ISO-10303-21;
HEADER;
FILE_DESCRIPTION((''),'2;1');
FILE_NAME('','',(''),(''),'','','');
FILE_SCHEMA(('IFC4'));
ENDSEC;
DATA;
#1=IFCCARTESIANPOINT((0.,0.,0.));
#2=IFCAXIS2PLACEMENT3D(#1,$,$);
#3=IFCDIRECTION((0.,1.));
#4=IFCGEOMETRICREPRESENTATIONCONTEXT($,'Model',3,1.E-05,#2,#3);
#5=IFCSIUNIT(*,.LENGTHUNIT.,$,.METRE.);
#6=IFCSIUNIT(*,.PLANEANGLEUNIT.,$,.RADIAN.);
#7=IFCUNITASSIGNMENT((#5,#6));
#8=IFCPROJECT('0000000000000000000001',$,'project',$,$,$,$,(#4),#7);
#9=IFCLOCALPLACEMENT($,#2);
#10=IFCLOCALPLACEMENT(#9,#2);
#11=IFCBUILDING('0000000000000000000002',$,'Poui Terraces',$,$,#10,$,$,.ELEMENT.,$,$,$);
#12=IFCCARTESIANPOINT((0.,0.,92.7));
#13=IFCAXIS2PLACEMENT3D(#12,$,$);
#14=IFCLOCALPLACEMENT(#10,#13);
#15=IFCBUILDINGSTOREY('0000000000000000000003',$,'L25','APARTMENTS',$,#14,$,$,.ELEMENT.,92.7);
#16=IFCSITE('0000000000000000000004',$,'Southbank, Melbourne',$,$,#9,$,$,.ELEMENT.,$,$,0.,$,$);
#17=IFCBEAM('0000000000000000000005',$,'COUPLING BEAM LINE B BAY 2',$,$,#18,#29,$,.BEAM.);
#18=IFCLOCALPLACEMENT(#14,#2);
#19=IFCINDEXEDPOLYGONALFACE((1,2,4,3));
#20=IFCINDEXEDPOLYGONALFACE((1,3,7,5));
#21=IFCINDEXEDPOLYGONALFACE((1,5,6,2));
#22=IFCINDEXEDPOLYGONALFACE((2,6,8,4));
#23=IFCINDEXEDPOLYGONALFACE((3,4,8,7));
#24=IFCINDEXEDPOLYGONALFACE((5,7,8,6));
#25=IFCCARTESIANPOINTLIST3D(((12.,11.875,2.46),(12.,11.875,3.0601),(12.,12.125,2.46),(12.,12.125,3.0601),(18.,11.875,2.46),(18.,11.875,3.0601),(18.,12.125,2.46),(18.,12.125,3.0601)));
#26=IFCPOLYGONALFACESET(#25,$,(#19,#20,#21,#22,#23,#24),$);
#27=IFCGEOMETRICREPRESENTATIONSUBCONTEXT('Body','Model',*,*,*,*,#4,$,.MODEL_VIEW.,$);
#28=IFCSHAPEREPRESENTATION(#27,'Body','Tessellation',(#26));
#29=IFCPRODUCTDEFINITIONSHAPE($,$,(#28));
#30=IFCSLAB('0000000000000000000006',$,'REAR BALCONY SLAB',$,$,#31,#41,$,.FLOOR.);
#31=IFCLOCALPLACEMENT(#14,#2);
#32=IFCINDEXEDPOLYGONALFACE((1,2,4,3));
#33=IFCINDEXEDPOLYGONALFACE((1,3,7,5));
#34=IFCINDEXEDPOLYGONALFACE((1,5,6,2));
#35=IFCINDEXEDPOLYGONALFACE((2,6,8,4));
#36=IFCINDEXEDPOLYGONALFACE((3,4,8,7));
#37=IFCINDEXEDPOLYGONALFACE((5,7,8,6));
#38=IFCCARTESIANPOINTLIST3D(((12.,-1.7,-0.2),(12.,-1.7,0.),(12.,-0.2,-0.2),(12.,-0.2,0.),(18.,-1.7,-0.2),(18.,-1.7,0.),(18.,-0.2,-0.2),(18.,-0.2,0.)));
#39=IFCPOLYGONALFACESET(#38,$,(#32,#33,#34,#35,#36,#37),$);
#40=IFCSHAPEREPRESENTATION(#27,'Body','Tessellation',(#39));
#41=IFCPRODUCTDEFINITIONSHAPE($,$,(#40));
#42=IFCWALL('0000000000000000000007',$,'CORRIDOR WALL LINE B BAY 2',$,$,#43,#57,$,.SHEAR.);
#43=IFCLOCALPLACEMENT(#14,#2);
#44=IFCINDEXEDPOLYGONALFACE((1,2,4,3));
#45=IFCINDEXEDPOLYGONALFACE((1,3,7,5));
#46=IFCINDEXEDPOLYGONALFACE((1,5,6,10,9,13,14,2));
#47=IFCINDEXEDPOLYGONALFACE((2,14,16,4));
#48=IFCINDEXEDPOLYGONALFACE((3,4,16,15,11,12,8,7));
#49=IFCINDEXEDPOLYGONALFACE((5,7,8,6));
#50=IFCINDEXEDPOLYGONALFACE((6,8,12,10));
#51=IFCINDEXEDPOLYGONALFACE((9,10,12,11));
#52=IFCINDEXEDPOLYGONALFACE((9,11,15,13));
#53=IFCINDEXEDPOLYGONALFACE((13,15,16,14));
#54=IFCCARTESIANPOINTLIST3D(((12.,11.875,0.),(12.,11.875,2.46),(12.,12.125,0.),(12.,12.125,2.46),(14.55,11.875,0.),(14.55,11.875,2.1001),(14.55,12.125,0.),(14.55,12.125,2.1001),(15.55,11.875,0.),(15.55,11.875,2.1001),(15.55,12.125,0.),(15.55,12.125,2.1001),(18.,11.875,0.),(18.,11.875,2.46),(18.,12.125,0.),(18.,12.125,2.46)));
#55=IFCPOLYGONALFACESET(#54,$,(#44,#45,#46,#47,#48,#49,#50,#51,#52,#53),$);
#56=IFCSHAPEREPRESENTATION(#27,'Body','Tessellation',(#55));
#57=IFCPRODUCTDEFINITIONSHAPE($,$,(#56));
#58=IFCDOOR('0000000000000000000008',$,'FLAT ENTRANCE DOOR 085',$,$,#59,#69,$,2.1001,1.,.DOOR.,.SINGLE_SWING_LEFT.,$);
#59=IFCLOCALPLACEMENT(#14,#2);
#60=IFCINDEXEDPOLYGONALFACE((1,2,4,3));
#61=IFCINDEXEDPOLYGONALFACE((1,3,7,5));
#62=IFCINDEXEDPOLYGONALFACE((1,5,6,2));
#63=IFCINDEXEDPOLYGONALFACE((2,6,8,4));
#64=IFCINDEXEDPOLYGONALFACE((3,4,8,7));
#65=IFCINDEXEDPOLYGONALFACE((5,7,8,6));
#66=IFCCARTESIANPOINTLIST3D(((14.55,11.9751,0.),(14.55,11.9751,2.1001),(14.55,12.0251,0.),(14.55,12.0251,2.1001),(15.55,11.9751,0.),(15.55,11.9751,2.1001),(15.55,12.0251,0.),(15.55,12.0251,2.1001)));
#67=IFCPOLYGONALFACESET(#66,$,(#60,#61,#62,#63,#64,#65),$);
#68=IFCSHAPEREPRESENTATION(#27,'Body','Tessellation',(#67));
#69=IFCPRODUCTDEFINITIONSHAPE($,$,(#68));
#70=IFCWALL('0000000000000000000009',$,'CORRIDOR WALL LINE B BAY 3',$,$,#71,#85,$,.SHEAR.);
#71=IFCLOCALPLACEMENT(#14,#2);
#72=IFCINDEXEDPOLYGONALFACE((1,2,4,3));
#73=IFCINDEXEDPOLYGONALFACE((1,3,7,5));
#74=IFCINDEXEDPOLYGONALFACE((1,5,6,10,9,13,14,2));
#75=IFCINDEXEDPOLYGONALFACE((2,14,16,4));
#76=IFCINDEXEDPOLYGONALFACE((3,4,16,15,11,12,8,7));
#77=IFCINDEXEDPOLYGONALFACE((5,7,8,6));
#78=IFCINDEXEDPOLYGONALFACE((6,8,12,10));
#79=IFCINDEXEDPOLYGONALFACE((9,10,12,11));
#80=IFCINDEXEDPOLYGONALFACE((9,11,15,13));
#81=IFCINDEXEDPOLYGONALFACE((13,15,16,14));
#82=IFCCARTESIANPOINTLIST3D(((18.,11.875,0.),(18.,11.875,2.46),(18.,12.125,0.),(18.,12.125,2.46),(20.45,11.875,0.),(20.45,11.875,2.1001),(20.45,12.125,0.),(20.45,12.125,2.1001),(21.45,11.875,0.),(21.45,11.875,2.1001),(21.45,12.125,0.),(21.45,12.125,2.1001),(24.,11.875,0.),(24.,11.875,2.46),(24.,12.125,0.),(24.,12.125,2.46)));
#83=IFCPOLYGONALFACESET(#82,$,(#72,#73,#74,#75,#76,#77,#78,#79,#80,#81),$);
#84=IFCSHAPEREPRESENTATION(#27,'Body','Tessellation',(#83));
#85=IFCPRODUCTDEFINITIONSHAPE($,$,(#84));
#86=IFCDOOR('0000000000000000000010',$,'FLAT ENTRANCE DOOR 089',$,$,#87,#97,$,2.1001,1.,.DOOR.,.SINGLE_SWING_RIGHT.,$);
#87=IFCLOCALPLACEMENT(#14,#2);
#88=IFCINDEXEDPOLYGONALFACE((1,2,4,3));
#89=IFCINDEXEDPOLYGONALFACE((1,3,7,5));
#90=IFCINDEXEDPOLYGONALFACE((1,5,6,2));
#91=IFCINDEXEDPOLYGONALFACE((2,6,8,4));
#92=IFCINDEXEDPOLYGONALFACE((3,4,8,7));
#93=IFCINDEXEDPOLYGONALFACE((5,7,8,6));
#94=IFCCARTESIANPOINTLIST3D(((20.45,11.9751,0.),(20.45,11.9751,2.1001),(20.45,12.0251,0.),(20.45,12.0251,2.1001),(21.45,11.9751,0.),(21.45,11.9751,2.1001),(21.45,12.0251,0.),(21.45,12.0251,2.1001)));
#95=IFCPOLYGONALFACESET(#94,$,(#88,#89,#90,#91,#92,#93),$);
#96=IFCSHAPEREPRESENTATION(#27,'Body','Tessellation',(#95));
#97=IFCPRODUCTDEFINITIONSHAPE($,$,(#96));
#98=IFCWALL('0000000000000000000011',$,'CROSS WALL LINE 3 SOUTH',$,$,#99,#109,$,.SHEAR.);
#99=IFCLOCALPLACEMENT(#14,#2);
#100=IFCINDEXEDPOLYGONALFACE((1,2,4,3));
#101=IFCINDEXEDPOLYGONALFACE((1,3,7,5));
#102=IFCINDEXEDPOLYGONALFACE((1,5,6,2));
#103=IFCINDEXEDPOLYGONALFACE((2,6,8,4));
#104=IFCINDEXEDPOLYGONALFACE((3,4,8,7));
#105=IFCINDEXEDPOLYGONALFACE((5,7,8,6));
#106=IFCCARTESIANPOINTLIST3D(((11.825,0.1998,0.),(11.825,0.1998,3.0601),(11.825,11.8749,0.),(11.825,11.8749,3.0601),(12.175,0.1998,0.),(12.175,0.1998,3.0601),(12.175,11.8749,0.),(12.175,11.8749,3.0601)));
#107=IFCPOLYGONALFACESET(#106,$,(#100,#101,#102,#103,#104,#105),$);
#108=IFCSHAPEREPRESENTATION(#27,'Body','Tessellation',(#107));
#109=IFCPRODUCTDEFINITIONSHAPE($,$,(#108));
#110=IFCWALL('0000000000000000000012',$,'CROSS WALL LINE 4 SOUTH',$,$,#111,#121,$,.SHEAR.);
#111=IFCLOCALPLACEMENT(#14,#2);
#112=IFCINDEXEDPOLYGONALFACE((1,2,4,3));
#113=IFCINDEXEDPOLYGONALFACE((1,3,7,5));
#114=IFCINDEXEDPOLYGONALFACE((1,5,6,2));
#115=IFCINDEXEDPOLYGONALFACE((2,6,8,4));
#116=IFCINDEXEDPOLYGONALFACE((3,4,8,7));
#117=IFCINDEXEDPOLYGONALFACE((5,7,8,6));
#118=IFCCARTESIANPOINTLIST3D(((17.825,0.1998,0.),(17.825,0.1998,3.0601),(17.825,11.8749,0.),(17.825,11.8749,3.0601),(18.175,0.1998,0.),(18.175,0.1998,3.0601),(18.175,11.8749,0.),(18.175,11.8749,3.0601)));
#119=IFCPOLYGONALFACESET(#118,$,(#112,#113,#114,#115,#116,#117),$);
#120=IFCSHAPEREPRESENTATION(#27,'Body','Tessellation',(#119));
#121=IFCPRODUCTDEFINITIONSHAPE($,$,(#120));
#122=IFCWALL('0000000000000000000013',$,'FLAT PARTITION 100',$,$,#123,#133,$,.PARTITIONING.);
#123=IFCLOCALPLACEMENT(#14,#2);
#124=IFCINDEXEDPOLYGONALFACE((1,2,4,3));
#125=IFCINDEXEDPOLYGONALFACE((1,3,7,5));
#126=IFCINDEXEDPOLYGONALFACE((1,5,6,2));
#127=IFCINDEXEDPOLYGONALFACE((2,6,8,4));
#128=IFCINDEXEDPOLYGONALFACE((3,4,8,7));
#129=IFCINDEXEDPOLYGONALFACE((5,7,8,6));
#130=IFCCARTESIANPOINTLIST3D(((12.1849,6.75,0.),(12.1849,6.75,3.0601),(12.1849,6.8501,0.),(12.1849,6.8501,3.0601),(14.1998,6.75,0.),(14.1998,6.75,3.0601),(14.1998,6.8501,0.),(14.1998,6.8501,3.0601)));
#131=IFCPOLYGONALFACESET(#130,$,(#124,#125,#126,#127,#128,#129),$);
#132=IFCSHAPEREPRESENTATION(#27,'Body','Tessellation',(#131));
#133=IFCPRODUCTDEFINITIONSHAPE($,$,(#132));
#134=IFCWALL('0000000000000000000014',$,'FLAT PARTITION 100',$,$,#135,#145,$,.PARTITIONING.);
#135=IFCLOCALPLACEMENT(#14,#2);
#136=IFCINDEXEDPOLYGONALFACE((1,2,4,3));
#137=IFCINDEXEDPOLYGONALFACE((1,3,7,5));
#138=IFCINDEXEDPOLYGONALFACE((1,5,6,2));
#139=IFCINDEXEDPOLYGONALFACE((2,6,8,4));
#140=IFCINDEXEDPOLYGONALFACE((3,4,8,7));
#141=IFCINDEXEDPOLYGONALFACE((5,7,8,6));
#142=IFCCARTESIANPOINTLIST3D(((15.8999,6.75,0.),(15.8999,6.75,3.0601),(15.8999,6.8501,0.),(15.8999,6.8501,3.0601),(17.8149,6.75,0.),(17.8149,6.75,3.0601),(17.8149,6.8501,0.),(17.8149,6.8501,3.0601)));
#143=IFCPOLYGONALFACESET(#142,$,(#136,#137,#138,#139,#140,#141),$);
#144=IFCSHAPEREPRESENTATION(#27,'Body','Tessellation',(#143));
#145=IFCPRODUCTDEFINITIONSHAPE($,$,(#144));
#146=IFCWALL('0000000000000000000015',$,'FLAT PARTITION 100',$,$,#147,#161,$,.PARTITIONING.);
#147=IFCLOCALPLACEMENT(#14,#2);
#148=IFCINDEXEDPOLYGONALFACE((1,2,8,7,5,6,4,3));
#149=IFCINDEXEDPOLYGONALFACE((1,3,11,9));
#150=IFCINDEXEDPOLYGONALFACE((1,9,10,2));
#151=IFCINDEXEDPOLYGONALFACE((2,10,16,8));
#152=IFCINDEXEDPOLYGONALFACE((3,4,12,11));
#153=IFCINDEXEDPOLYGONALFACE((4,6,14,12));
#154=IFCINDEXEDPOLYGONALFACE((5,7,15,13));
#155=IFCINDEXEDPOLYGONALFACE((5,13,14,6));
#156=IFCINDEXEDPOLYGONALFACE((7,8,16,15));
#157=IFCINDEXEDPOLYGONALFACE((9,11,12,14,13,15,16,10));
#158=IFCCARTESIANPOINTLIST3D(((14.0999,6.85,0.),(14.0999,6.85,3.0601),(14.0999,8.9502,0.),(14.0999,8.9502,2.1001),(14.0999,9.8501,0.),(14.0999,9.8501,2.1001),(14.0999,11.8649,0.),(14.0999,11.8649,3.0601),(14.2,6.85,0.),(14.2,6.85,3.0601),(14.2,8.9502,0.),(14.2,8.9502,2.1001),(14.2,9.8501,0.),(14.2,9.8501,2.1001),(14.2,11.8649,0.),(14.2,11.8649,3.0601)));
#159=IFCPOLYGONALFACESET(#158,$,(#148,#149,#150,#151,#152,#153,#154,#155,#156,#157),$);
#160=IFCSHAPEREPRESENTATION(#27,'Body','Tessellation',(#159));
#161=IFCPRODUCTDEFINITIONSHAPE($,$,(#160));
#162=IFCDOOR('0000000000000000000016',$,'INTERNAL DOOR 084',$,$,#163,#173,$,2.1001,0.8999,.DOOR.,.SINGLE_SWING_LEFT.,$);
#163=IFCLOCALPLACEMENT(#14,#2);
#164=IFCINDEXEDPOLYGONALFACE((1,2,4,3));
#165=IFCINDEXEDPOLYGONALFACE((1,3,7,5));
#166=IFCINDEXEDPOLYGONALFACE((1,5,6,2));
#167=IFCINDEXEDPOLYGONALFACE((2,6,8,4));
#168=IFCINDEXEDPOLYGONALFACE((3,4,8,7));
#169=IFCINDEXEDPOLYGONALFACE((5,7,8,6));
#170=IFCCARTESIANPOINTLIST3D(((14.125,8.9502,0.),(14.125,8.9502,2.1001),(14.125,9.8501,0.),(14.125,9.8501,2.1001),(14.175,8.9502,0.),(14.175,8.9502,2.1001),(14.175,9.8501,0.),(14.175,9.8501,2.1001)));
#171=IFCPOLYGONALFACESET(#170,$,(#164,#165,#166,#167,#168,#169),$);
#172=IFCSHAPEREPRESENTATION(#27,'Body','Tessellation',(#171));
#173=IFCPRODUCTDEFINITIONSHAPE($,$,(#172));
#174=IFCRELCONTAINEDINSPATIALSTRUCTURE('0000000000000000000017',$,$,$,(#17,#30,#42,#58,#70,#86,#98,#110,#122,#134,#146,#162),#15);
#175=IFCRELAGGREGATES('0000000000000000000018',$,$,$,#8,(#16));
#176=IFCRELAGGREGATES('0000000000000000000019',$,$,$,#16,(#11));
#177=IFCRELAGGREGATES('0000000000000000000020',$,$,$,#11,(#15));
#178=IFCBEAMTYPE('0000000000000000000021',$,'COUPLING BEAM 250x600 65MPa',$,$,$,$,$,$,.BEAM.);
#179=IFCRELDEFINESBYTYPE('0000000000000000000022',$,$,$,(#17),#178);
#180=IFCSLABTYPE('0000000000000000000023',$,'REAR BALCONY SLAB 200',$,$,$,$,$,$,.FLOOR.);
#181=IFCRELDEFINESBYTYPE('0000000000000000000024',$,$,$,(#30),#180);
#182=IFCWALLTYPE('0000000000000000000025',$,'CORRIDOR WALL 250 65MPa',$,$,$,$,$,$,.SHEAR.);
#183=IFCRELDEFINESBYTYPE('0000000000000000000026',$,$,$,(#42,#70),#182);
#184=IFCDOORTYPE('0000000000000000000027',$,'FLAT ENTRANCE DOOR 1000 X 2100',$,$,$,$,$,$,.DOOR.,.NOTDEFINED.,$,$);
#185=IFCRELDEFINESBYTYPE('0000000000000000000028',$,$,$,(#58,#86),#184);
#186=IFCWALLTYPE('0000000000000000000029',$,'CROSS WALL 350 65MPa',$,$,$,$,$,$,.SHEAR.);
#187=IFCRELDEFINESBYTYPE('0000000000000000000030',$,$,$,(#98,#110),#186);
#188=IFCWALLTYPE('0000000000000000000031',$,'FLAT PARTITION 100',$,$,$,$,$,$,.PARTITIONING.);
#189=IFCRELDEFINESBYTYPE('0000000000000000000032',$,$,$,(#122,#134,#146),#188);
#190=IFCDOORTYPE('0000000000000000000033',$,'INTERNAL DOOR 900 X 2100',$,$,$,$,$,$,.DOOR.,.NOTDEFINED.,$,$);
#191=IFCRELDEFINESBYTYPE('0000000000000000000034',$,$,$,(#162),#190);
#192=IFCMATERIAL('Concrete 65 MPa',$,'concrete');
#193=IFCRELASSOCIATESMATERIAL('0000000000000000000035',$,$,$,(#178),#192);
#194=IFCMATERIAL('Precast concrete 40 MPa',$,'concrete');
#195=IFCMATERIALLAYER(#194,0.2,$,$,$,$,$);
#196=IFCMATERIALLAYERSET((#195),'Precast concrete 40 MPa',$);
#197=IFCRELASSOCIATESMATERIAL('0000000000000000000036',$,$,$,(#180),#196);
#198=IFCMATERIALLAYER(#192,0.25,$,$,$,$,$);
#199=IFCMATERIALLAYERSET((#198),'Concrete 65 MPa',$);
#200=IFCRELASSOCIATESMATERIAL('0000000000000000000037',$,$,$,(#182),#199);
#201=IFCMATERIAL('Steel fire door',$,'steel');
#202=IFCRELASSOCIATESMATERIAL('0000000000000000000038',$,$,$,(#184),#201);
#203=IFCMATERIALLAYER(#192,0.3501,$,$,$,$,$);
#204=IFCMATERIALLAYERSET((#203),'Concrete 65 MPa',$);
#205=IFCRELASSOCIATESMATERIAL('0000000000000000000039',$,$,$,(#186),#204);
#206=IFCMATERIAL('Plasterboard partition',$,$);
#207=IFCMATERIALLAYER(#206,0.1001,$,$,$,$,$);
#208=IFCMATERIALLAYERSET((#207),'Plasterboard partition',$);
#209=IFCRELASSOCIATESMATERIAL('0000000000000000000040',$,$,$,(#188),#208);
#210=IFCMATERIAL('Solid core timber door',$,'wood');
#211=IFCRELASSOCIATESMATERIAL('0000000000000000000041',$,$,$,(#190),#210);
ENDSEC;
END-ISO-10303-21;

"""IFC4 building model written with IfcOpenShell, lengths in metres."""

from ifc_helpers import new_model, si_unit, direction, frame, frame_2d, origin, origin_2d, place, context, subcontext, project, spatial, polyline, rectangle, outline, extrude, source, transform, mapped, material, layer, layer_set, material_profile, profile_set, type_object, element, fill, save


model = new_model("IFC4")

# Units and contexts
model_context = context("Model", 3, precision=1e-05, world=origin(), true_north=direction((0.0, 1.0)))
body_context = subcontext(model_context, "Body", "Model", "MODEL_VIEW")
ifc_project = project(units=[si_unit("LENGTHUNIT", "METRE"), si_unit("PLANEANGLEUNIT", "RADIAN")], contexts=[model_context])

# Site, building, storey
site_placement = place(None, origin())
site = spatial("IfcSite", under=ifc_project, at=site_placement, Name="Southbank, Melbourne", CompositionType="ELEMENT", RefElevation=0.0)
building_placement = place(site_placement, origin())
building = spatial("IfcBuilding", under=site, at=building_placement, Name="Poui Terraces", CompositionType="ELEMENT")
storey_placement = place(building_placement, frame((0.0, 0.0, 92.7)))
storey = spatial("IfcBuildingStorey", under=building, at=storey_placement, Name="L25", Description="APARTMENTS", CompositionType="ELEMENT", Elevation=92.7)

# Beam
ifc_material_1 = material(Name="Concrete 65 MPa", Category="concrete")
ifc_material_profile_1 = material_profile(ifc_material_1, rectangle(XDim=0.25, YDim=0.6001, at=origin_2d()), Name="RC 250x600")
ifc_profile_set_1 = profile_set([ifc_material_profile_1], Name="Concrete 65 MPa")
beam_type = type_object("IfcBeamType", Name="COUPLING BEAM 250x600 65MPa", PredefinedType="BEAM", material=ifc_profile_set_1)
shared_shape_1 = source(origin(), body_context, "Body", "SweptSolid", [
    extrude(rectangle(XDim=0.25, YDim=0.6001, at=origin_2d()), origin(), (0.0, 0.0, 1.0), 6.0),
])
beam_placement = place(storey_placement, frame((12.0, 12.0, 2.76), z_axis=(1.0, 0.0, 0.0), x_axis=(0.0, 1.0, 0.0)))
element("IfcBeam", 1, at=beam_placement, inside=storey, type_object=beam_type, Name="COUPLING BEAM LINE B BAY 2", PredefinedType="BEAM", context=body_context, shape_type="MappedRepresentation", body=[
    mapped(shared_shape_1, transform((0.0, 0.0, 0.0))),
])

# Slab
ifc_material_2 = material(Name="Precast concrete 40 MPa", Category="concrete")
ifc_layer_1 = layer(ifc_material_2, 0.2)
ifc_layer_set_1 = layer_set([ifc_layer_1], Name="Precast concrete 40 MPa")
slab_type = type_object("IfcSlabType", Name="REAR BALCONY SLAB 200", PredefinedType="FLOOR", material=ifc_layer_set_1)
shared_shape_2 = source(origin(), body_context, "Body", "SweptSolid", [
    extrude(outline(polyline([(0.0, 0.0), (6.0, 0.0), (6.0, 1.5), (0.0, 1.5), (0.0, 0.0)])), origin(), (0.0, 0.0, 1.0), 0.2),
])
slab_placement = place(storey_placement, frame((12.0, -1.7, -0.2)))
element("IfcSlab", 2, at=slab_placement, inside=storey, type_object=slab_type, Name="REAR BALCONY SLAB", PredefinedType="FLOOR", context=body_context, shape_type="MappedRepresentation", body=[
    mapped(shared_shape_2, transform((0.0, 0.0, 0.0))),
])

# Walls, openings, doors
ifc_layer_2 = layer(ifc_material_1, 0.25)
ifc_layer_set_2 = layer_set([ifc_layer_2], Name="Concrete 65 MPa")
wall_type_1 = type_object("IfcWallType", Name="CORRIDOR WALL 250 65MPa", PredefinedType="SHEAR", material=ifc_layer_set_2)
wall_1_placement = place(storey_placement, frame((12.0, 12.0, 0.0), z_axis=(0.0, 0.0, 1.0), x_axis=(1.0, 0.0, 0.0)))
wall_1 = element("IfcWall", 3, at=wall_1_placement, inside=storey, type_object=wall_type_1, Name="CORRIDOR WALL LINE B BAY 2", PredefinedType="SHEAR", context=body_context, shape_type="SweptSolid", body=[
    extrude(rectangle(XDim=6.0, YDim=0.25, at=frame_2d((3.0, 0.0))), origin(), (0.0, 0.0, 1.0), 2.46),
])
opening_1_placement = place(wall_1_placement, frame((2.55, 0.0, 0.0)))
opening_1 = element("IfcOpeningElement", 4, at=opening_1_placement, cuts=wall_1, PredefinedType="OPENING", context=body_context, shape_type="SweptSolid", body=[
    extrude(rectangle(XDim=1.0, YDim=2.1001, at=frame_2d((0.5, 1.05))), frame((0.0, 0.135, 0.0), z_axis=(0.0, -1.0, 0.0), x_axis=(1.0, 0.0, 0.0)), (0.0, 0.0, 1.0), 0.27),
])
ifc_material_3 = material(Name="Steel fire door", Category="steel")
door_type_1 = type_object("IfcDoorType", Name="FLAT ENTRANCE DOOR 1000 X 2100", OperationType="NOTDEFINED", PredefinedType="DOOR", material=ifc_material_3)
door_1_placement = place(opening_1_placement, frame((1.0, 0.0, 0.0), z_axis=(0.0, 0.0, 1.0), x_axis=(-1.0, 0.0, 0.0)))
door_1 = element("IfcDoor", 5, at=door_1_placement, inside=storey, type_object=door_type_1, Name="FLAT ENTRANCE DOOR 085", OperationType="SINGLE_SWING_LEFT", OverallHeight=2.1001, OverallWidth=1.0, PredefinedType="DOOR", context=body_context, shape_type="SweptSolid", body=[
    extrude(rectangle(XDim=1.0, YDim=2.1001, at=frame_2d((0.5, 1.05))), frame((0.0, 0.0249, 0.0), z_axis=(0.0, -1.0, 0.0), x_axis=(1.0, 0.0, 0.0)), (0.0, 0.0, 1.0), 0.05),
])
fill(opening_1, door_1)
wall_2_placement = place(storey_placement, frame((18.0, 12.0, 0.0), z_axis=(0.0, 0.0, 1.0), x_axis=(1.0, 0.0, 0.0)))
wall_2 = element("IfcWall", 6, at=wall_2_placement, inside=storey, type_object=wall_type_1, Name="CORRIDOR WALL LINE B BAY 3", PredefinedType="SHEAR", context=body_context, shape_type="SweptSolid", body=[
    extrude(rectangle(XDim=6.0, YDim=0.25, at=frame_2d((3.0, 0.0))), origin(), (0.0, 0.0, 1.0), 2.46),
])
opening_2_placement = place(wall_2_placement, frame((2.45, 0.0, 0.0)))
opening_2 = element("IfcOpeningElement", 7, at=opening_2_placement, cuts=wall_2, PredefinedType="OPENING", context=body_context, shape_type="SweptSolid", body=[
    extrude(rectangle(XDim=1.0, YDim=2.1001, at=frame_2d((0.5, 1.05))), frame((0.0, 0.135, 0.0), z_axis=(0.0, -1.0, 0.0), x_axis=(1.0, 0.0, 0.0)), (0.0, 0.0, 1.0), 0.27),
])
door_2_placement = place(opening_2_placement, frame((1.0, 0.0, 0.0), z_axis=(0.0, 0.0, 1.0), x_axis=(-1.0, 0.0, 0.0)))
door_2 = element("IfcDoor", 8, at=door_2_placement, inside=storey, type_object=door_type_1, Name="FLAT ENTRANCE DOOR 089", OperationType="SINGLE_SWING_RIGHT", OverallHeight=2.1001, OverallWidth=1.0, PredefinedType="DOOR", context=body_context, shape_type="SweptSolid", body=[
    extrude(rectangle(XDim=1.0, YDim=2.1001, at=frame_2d((0.5, 1.05))), frame((0.0, 0.0249, 0.0), z_axis=(0.0, -1.0, 0.0), x_axis=(1.0, 0.0, 0.0)), (0.0, 0.0, 1.0), 0.05),
])
fill(opening_2, door_2)

# Walls
ifc_layer_3 = layer(ifc_material_1, 0.3501)
ifc_layer_set_3 = layer_set([ifc_layer_3], Name="Concrete 65 MPa")
wall_type_2 = type_object("IfcWallType", Name="CROSS WALL 350 65MPa", PredefinedType="SHEAR", material=ifc_layer_set_3)
for number, where, z_axis, x_axis, name in (
    (9, (12.0, 0.2, 0.0), (0.0, 0.0, 1.0), (0.0, 1.0, 0.0), "CROSS WALL LINE 3 SOUTH"),
    (10, (18.0, 0.2, 0.0), (0.0, 0.0, 1.0), (0.0, 1.0, 0.0), "CROSS WALL LINE 4 SOUTH"),
):
    element("IfcWall", number, at=place(storey_placement, frame(where, z_axis=z_axis, x_axis=x_axis)), inside=storey, type_object=wall_type_2, Name=name, PredefinedType="SHEAR", context=body_context, shape_type="SweptSolid", body=[
        extrude(rectangle(XDim=11.675, YDim=0.3501, at=frame_2d((5.8374, 0.0))), origin(), (0.0, 0.0, 1.0), 3.0601),
    ])
ifc_material_4 = material(Name="Plasterboard partition")
ifc_layer_4 = layer(ifc_material_4, 0.1001)
ifc_layer_set_4 = layer_set([ifc_layer_4], Name="Plasterboard partition")
wall_type_3 = type_object("IfcWallType", Name="FLAT PARTITION 100", PredefinedType="PARTITIONING", material=ifc_layer_set_4)
wall_3_placement = place(storey_placement, frame((12.1851, 6.8, 0.0), z_axis=(0.0, 0.0, 1.0), x_axis=(1.0, 0.0, 0.0)))
element("IfcWall", 11, at=wall_3_placement, inside=storey, type_object=wall_type_3, Name="FLAT PARTITION 100", PredefinedType="PARTITIONING", context=body_context, shape_type="SweptSolid", body=[
    extrude(rectangle(XDim=2.0149, YDim=0.1001, at=frame_2d((1.0073, 0.0))), origin(), (0.0, 0.0, 1.0), 3.0601),
])
wall_4_placement = place(storey_placement, frame((15.8999, 6.8, 0.0), z_axis=(0.0, 0.0, 1.0), x_axis=(1.0, 0.0, 0.0)))
element("IfcWall", 12, at=wall_4_placement, inside=storey, type_object=wall_type_3, Name="FLAT PARTITION 100", PredefinedType="PARTITIONING", context=body_context, shape_type="SweptSolid", body=[
    extrude(rectangle(XDim=1.915, YDim=0.1001, at=frame_2d((0.9575, 0.0))), origin(), (0.0, 0.0, 1.0), 3.0601),
])

# Wall, opening, door
wall_5_placement = place(storey_placement, frame((14.1499, 6.8501, 0.0), z_axis=(0.0, 0.0, 1.0), x_axis=(0.0, 1.0, 0.0)))
wall_5 = element("IfcWall", 13, at=wall_5_placement, inside=storey, type_object=wall_type_3, Name="FLAT PARTITION 100", PredefinedType="PARTITIONING", context=body_context, shape_type="SweptSolid", body=[
    extrude(rectangle(XDim=5.0149, YDim=0.1001, at=frame_2d((2.5073, 0.0))), origin(), (0.0, 0.0, 1.0), 3.0601),
])
opening_3_placement = place(wall_5_placement, frame((2.1001, 0.0, 0.0)))
opening_3 = element("IfcOpeningElement", 14, at=opening_3_placement, cuts=wall_5, PredefinedType="OPENING", context=body_context, shape_type="SweptSolid", body=[
    extrude(rectangle(XDim=0.8999, YDim=2.1001, at=frame_2d((0.45, 1.05))), frame((0.0, 0.0601, 0.0), z_axis=(0.0, -1.0, 0.0), x_axis=(1.0, 0.0, 0.0)), (0.0, 0.0, 1.0), 0.1201),
])
ifc_material_5 = material(Name="Solid core timber door", Category="wood")
door_type_2 = type_object("IfcDoorType", Name="INTERNAL DOOR 900 X 2100", OperationType="NOTDEFINED", PredefinedType="DOOR", material=ifc_material_5)
door_3_placement = place(opening_3_placement, origin())
door_3 = element("IfcDoor", 15, at=door_3_placement, inside=storey, type_object=door_type_2, Name="INTERNAL DOOR 084", OperationType="SINGLE_SWING_LEFT", OverallHeight=2.1001, OverallWidth=0.8999, PredefinedType="DOOR", context=body_context, shape_type="SweptSolid", body=[
    extrude(rectangle(XDim=0.8999, YDim=2.1001, at=frame_2d((0.45, 1.05))), frame((0.0, 0.0249, 0.0), z_axis=(0.0, -1.0, 0.0), x_axis=(1.0, 0.0, 0.0)), (0.0, 0.0, 1.0), 0.05),
])
fill(opening_3, door_3)

save(model, "model.ifc")
